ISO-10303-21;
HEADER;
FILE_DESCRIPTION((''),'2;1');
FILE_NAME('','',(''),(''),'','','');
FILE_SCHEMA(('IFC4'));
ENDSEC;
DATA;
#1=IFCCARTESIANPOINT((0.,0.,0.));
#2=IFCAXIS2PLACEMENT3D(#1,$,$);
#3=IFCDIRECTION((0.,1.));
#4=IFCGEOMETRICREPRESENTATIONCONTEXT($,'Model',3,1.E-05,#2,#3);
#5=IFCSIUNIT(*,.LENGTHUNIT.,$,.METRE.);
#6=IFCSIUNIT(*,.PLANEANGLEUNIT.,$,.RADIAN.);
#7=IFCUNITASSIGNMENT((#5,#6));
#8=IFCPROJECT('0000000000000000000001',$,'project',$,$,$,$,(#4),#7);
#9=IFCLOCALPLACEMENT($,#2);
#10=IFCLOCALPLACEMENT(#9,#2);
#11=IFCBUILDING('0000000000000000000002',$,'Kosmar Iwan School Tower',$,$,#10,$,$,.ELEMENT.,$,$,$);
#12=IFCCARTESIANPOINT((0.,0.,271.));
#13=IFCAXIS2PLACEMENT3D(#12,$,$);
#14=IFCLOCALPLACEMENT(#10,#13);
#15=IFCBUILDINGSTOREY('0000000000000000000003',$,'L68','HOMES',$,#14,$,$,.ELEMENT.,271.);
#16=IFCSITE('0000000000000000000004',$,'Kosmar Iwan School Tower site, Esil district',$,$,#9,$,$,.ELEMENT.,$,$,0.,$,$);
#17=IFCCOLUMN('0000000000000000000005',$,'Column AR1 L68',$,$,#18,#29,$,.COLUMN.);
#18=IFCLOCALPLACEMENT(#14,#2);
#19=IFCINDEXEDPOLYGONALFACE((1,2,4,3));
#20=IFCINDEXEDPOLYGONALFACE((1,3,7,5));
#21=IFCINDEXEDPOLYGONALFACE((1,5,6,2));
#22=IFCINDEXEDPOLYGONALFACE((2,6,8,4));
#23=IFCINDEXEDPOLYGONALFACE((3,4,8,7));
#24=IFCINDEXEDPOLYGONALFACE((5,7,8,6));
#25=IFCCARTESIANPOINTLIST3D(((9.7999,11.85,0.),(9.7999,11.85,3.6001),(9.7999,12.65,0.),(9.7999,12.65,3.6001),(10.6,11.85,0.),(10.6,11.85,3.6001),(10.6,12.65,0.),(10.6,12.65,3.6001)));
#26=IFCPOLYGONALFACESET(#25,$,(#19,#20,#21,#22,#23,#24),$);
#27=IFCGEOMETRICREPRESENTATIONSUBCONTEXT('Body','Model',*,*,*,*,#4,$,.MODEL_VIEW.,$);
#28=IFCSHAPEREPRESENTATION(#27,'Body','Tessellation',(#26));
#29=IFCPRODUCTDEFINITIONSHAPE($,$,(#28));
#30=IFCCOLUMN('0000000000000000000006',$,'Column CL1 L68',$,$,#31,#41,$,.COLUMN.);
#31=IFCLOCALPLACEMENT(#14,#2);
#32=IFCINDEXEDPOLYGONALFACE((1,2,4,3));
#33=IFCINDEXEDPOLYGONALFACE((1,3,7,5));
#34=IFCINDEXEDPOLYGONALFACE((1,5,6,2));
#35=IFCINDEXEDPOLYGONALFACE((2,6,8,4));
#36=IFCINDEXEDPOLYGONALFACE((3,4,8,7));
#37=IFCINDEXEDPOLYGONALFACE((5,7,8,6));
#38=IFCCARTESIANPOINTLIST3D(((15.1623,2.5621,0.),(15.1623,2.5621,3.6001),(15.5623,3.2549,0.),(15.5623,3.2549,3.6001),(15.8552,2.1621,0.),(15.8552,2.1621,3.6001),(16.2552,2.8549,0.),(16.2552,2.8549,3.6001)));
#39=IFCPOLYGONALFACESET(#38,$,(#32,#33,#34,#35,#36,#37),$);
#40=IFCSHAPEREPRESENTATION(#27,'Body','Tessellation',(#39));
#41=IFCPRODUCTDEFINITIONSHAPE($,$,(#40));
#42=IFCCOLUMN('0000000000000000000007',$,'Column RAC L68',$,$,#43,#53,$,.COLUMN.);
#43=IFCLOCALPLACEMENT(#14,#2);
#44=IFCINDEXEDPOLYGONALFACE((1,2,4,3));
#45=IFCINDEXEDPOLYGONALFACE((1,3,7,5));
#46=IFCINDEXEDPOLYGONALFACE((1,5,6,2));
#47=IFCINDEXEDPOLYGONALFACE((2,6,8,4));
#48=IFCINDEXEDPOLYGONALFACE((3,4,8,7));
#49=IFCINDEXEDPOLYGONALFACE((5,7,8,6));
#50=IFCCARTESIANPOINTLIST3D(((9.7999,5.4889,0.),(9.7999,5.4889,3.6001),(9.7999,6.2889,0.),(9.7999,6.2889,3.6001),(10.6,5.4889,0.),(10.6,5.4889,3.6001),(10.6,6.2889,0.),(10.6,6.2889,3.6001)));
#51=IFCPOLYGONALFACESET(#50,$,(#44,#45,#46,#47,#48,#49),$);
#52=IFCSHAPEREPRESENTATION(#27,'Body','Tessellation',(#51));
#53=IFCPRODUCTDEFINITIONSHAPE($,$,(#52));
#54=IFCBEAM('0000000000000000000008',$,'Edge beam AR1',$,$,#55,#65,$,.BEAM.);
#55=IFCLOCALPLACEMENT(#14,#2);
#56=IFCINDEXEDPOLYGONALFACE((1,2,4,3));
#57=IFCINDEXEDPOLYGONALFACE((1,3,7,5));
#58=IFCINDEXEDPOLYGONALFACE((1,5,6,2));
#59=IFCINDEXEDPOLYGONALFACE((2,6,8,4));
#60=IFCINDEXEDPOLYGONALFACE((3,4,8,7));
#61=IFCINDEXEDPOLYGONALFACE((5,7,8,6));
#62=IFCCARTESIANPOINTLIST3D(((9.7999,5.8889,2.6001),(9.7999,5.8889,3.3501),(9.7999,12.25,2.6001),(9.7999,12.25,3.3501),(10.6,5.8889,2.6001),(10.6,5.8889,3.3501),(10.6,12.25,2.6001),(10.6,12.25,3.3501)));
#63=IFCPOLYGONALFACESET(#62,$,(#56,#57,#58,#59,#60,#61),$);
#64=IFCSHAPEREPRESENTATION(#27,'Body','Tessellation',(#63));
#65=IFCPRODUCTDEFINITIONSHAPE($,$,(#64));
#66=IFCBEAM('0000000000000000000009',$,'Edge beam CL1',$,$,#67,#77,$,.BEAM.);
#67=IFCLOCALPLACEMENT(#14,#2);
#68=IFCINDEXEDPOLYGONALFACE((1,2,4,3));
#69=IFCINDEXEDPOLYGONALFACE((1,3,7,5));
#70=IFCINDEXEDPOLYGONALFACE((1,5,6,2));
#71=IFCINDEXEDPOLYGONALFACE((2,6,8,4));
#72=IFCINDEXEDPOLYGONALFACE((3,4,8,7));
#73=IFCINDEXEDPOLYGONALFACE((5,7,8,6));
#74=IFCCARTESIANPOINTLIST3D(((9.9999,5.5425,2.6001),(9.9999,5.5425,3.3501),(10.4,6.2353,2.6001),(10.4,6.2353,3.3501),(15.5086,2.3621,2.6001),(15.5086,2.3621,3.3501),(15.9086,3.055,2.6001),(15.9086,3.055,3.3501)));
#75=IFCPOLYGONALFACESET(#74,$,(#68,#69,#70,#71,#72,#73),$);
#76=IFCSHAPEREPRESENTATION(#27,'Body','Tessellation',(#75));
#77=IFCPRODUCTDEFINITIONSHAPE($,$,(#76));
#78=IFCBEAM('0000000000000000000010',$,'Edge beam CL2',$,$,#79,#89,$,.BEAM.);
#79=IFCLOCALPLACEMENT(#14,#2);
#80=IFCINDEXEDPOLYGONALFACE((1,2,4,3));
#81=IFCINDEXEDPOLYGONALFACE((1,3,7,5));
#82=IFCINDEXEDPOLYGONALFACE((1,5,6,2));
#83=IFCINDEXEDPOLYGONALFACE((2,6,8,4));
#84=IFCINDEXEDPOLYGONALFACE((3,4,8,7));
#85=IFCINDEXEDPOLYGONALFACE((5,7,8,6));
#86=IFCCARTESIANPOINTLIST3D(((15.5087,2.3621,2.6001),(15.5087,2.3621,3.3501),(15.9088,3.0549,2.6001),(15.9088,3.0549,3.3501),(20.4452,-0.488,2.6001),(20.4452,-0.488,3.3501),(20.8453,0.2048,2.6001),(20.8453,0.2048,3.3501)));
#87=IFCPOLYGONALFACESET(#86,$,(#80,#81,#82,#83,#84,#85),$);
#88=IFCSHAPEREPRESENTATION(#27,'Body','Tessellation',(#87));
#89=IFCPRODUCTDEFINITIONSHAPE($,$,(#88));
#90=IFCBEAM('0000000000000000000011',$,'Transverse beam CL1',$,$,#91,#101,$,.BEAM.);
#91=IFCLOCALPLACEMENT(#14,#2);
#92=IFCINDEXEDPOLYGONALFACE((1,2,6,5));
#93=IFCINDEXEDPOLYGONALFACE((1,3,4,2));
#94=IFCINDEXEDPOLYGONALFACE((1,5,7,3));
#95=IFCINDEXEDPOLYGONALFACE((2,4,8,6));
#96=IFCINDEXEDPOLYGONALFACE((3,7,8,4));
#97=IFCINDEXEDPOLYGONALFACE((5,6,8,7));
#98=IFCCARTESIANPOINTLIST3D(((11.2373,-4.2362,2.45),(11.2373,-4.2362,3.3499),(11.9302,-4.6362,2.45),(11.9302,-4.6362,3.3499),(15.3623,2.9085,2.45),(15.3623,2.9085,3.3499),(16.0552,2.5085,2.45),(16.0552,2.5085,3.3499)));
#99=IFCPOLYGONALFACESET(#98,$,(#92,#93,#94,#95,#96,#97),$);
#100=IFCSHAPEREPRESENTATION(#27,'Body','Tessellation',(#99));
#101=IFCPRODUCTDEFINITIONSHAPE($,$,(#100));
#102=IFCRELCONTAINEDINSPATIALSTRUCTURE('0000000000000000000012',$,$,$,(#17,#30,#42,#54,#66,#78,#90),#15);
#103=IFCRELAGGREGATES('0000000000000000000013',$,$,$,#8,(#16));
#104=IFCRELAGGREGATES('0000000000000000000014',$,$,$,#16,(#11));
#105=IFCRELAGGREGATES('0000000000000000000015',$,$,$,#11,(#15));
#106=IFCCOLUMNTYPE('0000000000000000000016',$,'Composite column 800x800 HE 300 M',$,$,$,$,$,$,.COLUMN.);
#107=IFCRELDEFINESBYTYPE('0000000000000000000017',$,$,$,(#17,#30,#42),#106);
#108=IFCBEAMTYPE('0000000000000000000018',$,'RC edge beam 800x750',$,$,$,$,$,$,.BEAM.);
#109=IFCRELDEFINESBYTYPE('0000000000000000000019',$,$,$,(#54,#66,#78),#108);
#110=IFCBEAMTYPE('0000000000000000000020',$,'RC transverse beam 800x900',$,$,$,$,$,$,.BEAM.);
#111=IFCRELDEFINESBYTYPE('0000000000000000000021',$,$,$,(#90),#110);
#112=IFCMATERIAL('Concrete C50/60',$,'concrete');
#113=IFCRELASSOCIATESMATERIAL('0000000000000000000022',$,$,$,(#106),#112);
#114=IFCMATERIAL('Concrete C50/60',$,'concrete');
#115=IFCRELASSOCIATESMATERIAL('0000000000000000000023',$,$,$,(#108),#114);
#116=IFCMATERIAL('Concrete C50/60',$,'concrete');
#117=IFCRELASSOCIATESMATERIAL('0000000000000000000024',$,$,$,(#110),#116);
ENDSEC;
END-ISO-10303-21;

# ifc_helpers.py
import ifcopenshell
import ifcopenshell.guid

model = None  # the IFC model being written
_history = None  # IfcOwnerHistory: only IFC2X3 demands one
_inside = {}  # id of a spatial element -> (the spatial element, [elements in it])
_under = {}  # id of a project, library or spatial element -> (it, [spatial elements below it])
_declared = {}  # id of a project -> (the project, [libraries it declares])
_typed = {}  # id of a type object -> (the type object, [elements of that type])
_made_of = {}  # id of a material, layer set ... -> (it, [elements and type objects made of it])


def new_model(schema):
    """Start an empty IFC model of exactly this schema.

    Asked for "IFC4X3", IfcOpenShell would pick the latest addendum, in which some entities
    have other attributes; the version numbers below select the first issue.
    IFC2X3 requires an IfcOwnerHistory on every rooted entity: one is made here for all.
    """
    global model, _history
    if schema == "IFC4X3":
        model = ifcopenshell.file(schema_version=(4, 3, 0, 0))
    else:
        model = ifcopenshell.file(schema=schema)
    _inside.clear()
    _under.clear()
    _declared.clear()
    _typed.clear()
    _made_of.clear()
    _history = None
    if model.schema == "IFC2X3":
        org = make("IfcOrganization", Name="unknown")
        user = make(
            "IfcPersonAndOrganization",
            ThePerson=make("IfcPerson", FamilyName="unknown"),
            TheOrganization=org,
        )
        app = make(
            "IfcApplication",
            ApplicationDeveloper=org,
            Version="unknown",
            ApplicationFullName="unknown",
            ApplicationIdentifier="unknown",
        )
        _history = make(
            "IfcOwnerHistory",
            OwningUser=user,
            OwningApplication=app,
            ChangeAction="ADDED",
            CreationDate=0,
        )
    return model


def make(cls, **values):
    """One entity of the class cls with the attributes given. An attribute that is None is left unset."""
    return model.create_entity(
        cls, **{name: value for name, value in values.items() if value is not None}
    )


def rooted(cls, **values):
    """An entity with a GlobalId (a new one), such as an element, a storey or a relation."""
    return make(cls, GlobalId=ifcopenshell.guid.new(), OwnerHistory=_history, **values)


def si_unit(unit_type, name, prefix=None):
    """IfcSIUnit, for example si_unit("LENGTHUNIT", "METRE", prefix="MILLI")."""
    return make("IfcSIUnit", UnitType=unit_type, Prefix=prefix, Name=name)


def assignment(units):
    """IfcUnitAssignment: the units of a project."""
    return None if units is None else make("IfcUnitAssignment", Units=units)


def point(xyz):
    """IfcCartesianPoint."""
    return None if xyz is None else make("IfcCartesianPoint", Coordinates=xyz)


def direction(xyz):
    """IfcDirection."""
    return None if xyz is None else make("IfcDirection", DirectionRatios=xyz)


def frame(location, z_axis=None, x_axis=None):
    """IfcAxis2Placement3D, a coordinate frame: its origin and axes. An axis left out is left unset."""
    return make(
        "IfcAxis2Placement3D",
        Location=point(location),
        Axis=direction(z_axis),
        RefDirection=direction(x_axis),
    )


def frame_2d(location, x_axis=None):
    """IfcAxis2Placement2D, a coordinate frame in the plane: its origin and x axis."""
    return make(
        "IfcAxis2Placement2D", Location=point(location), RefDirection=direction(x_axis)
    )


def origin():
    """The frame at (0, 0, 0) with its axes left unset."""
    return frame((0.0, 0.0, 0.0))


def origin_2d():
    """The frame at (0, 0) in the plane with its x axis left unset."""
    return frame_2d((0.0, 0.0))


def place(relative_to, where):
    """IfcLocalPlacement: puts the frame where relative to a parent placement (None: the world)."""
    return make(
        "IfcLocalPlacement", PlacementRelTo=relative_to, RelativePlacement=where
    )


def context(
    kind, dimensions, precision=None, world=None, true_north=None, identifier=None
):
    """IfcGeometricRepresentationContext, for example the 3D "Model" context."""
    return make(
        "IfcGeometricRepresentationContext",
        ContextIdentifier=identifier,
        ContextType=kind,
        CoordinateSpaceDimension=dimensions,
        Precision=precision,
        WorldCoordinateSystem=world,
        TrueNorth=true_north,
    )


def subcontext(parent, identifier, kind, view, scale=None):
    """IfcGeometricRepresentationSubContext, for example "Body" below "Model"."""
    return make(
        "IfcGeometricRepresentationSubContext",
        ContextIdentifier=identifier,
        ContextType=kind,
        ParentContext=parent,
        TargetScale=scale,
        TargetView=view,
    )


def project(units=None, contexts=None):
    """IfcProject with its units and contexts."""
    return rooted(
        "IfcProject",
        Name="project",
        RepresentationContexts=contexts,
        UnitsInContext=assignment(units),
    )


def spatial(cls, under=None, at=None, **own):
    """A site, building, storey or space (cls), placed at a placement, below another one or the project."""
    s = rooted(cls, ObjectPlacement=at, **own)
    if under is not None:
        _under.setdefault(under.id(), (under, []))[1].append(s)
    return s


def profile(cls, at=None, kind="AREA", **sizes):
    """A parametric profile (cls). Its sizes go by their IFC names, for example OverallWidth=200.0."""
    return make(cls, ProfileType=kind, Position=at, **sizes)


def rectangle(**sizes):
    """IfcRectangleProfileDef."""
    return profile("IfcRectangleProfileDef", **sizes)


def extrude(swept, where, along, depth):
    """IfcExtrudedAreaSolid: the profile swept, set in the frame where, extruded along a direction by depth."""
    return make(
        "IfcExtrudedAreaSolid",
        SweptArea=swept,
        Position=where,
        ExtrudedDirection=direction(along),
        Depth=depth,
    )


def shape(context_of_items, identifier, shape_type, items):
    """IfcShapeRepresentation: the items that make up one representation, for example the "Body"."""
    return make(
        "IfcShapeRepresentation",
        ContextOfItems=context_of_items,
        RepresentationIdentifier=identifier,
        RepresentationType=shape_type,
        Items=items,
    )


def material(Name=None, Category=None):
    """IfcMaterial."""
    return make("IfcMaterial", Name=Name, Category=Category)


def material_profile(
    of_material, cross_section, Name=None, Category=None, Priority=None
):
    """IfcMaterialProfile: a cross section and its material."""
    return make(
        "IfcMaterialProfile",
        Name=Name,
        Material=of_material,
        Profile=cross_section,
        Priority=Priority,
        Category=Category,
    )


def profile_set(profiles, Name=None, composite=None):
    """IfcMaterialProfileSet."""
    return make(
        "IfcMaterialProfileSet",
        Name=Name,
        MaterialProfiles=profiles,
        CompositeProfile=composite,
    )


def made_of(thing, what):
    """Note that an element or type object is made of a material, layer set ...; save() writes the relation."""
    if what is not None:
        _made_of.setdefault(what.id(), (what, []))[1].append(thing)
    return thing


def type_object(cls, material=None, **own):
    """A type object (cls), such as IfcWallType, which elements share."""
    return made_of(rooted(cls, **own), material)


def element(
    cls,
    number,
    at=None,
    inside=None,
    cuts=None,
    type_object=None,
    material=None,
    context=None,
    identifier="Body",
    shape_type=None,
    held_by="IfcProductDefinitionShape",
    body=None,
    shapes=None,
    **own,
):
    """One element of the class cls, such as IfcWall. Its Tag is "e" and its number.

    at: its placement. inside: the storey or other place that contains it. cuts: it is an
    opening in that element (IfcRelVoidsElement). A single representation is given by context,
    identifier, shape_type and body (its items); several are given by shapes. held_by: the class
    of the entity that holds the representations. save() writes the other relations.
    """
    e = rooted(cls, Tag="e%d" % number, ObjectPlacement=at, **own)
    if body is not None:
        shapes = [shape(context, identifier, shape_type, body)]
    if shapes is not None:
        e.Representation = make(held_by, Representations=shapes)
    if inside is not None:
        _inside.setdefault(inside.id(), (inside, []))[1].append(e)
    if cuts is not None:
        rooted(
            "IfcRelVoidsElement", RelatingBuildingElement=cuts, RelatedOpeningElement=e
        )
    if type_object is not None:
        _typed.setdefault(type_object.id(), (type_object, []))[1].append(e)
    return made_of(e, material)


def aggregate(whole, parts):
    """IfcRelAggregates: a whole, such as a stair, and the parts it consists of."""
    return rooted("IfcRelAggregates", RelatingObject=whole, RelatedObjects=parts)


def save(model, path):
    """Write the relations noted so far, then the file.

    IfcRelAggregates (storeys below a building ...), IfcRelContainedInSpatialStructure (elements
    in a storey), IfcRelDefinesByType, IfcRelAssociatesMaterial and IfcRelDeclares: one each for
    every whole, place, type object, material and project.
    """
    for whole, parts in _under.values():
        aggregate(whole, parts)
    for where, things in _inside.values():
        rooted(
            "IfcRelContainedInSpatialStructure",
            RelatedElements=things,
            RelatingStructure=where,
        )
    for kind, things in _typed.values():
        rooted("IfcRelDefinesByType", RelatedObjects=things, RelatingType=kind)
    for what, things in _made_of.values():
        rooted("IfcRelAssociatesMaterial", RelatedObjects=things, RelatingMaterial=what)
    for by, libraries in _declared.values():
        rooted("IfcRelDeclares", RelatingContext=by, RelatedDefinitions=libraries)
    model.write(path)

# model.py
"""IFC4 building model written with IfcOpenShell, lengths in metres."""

from ifc_helpers import new_model, si_unit, direction, frame, origin, origin_2d, place, context, subcontext, project, spatial, rectangle, extrude, material, material_profile, profile_set, type_object, element, save


model = new_model("IFC4")

# Units and contexts
model_context = context("Model", 3, precision=1e-05, world=origin(), true_north=direction((0.0, 1.0)))
body_context = subcontext(model_context, "Body", "Model", "MODEL_VIEW")
ifc_project = project(units=[si_unit("LENGTHUNIT", "METRE"), si_unit("PLANEANGLEUNIT", "RADIAN")], contexts=[model_context])

# Site, building, storey
site_placement = place(None, origin())
site = spatial("IfcSite", under=ifc_project, at=site_placement, Name="Kosmar Iwan School Tower site, Esil district", CompositionType="ELEMENT", RefElevation=0.0)
building_placement = place(site_placement, origin())
building = spatial("IfcBuilding", under=site, at=building_placement, Name="Kosmar Iwan School Tower", CompositionType="ELEMENT")
storey_placement = place(building_placement, frame((0.0, 0.0, 271.0)))
storey = spatial("IfcBuildingStorey", under=building, at=storey_placement, Name="L68", Description="HOMES", CompositionType="ELEMENT", Elevation=271.0)

# Columns
ifc_material_1 = material(Name="Concrete C50/60", Category="concrete")
ifc_material_profile_1 = material_profile(ifc_material_1, rectangle(XDim=0.8, YDim=0.8, at=origin_2d()), Name="RC 800x800 + HE 300 M")
ifc_profile_set_1 = profile_set([ifc_material_profile_1], Name="Concrete C50/60")
column_type = type_object("IfcColumnType", Name="Composite column 800x800 HE 300 M", PredefinedType="COLUMN", material=ifc_profile_set_1)
for number, where, z_axis, x_axis, name in (
    (1, (10.2, 12.25, 0.0), (0.0, 0.0, 1.0), (0.0, 1.0, 0.0), "Column AR1 L68"),
    (2, (15.7087, 2.7085, 0.0), (0.0, 0.0, 1.0), (0.866025, -0.5, 0.0), "Column CL1 L68"),
    (3, (10.2, 5.8889, 0.0), (0.0, 0.0, 1.0), (1.0, 0.0, 0.0), "Column RAC L68"),
):
    element("IfcColumn", number, at=place(storey_placement, frame(where, z_axis=z_axis, x_axis=x_axis)), inside=storey, type_object=column_type, Name=name, PredefinedType="COLUMN", context=body_context, shape_type="SweptSolid", body=[
        extrude(rectangle(XDim=0.8, YDim=0.8, at=origin_2d()), origin(), (0.0, 0.0, 1.0), 3.6001),
    ])

# Beams
ifc_material_2 = material(Name="Concrete C50/60", Category="concrete")
ifc_material_profile_2 = material_profile(ifc_material_2, rectangle(XDim=0.8, YDim=0.75, at=origin_2d()), Name="RC 800x750")
ifc_profile_set_2 = profile_set([ifc_material_profile_2], Name="Concrete C50/60")
beam_type_1 = type_object("IfcBeamType", Name="RC edge beam 800x750", PredefinedType="BEAM", material=ifc_profile_set_2)
beam_1_placement = place(storey_placement, frame((10.2, 5.8889, 2.9751), z_axis=(0.0, 1.0, 0.0), x_axis=(-1.0, 0.0, 0.0)))
element("IfcBeam", 4, at=beam_1_placement, inside=storey, type_object=beam_type_1, Name="Edge beam AR1", PredefinedType="BEAM", context=body_context, shape_type="SweptSolid", body=[
    extrude(rectangle(XDim=0.8, YDim=0.75, at=origin_2d()), origin(), (0.0, 0.0, 1.0), 6.3611),
])
beam_2_placement = place(storey_placement, frame((10.2, 5.8889, 2.9751), z_axis=(0.866031, -0.49999, 0.0), x_axis=(0.49999, 0.866031, 0.0)))
element("IfcBeam", 5, at=beam_2_placement, inside=storey, type_object=beam_type_1, Name="Edge beam CL1", PredefinedType="BEAM", context=body_context, shape_type="SweptSolid", body=[
    extrude(rectangle(XDim=0.8, YDim=0.75, at=origin_2d()), origin(), (0.0, 0.0, 1.0), 6.3608),
])
beam_3_placement = place(storey_placement, frame((15.7087, 2.7085, 2.9751), z_axis=(0.866026, -0.499999, 0.0), x_axis=(0.499999, 0.866026, 0.0)))
element("IfcBeam", 6, at=beam_3_placement, inside=storey, type_object=beam_type_1, Name="Edge beam CL2", PredefinedType="BEAM", context=body_context, shape_type="SweptSolid", body=[
    extrude(rectangle(XDim=0.8, YDim=0.75, at=origin_2d()), origin(), (0.0, 0.0, 1.0), 5.7002),
])
ifc_material_3 = material(Name="Concrete C50/60", Category="concrete")
ifc_material_profile_3 = material_profile(ifc_material_3, rectangle(XDim=0.8, YDim=0.8999, at=origin_2d()), Name="RC 800x900")
ifc_profile_set_3 = profile_set([ifc_material_profile_3], Name="Concrete C50/60")
beam_type_2 = type_object("IfcBeamType", Name="RC transverse beam 800x900", PredefinedType="BEAM", material=ifc_profile_set_3)
beam_4_placement = place(storey_placement, frame((15.7087, 2.7085, 2.8999), z_axis=(-0.499997, -0.866027, 0.0), x_axis=(0.866027, -0.499997, 0.0)))
element("IfcBeam", 7, at=beam_4_placement, inside=storey, type_object=beam_type_2, Name="Transverse beam CL1", PredefinedType="BEAM", context=body_context, shape_type="SweptSolid", body=[
    extrude(rectangle(XDim=0.8, YDim=0.8999, at=origin_2d()), origin(), (0.0, 0.0, 1.0), 8.25),
])

save(model, "model.ifc")
